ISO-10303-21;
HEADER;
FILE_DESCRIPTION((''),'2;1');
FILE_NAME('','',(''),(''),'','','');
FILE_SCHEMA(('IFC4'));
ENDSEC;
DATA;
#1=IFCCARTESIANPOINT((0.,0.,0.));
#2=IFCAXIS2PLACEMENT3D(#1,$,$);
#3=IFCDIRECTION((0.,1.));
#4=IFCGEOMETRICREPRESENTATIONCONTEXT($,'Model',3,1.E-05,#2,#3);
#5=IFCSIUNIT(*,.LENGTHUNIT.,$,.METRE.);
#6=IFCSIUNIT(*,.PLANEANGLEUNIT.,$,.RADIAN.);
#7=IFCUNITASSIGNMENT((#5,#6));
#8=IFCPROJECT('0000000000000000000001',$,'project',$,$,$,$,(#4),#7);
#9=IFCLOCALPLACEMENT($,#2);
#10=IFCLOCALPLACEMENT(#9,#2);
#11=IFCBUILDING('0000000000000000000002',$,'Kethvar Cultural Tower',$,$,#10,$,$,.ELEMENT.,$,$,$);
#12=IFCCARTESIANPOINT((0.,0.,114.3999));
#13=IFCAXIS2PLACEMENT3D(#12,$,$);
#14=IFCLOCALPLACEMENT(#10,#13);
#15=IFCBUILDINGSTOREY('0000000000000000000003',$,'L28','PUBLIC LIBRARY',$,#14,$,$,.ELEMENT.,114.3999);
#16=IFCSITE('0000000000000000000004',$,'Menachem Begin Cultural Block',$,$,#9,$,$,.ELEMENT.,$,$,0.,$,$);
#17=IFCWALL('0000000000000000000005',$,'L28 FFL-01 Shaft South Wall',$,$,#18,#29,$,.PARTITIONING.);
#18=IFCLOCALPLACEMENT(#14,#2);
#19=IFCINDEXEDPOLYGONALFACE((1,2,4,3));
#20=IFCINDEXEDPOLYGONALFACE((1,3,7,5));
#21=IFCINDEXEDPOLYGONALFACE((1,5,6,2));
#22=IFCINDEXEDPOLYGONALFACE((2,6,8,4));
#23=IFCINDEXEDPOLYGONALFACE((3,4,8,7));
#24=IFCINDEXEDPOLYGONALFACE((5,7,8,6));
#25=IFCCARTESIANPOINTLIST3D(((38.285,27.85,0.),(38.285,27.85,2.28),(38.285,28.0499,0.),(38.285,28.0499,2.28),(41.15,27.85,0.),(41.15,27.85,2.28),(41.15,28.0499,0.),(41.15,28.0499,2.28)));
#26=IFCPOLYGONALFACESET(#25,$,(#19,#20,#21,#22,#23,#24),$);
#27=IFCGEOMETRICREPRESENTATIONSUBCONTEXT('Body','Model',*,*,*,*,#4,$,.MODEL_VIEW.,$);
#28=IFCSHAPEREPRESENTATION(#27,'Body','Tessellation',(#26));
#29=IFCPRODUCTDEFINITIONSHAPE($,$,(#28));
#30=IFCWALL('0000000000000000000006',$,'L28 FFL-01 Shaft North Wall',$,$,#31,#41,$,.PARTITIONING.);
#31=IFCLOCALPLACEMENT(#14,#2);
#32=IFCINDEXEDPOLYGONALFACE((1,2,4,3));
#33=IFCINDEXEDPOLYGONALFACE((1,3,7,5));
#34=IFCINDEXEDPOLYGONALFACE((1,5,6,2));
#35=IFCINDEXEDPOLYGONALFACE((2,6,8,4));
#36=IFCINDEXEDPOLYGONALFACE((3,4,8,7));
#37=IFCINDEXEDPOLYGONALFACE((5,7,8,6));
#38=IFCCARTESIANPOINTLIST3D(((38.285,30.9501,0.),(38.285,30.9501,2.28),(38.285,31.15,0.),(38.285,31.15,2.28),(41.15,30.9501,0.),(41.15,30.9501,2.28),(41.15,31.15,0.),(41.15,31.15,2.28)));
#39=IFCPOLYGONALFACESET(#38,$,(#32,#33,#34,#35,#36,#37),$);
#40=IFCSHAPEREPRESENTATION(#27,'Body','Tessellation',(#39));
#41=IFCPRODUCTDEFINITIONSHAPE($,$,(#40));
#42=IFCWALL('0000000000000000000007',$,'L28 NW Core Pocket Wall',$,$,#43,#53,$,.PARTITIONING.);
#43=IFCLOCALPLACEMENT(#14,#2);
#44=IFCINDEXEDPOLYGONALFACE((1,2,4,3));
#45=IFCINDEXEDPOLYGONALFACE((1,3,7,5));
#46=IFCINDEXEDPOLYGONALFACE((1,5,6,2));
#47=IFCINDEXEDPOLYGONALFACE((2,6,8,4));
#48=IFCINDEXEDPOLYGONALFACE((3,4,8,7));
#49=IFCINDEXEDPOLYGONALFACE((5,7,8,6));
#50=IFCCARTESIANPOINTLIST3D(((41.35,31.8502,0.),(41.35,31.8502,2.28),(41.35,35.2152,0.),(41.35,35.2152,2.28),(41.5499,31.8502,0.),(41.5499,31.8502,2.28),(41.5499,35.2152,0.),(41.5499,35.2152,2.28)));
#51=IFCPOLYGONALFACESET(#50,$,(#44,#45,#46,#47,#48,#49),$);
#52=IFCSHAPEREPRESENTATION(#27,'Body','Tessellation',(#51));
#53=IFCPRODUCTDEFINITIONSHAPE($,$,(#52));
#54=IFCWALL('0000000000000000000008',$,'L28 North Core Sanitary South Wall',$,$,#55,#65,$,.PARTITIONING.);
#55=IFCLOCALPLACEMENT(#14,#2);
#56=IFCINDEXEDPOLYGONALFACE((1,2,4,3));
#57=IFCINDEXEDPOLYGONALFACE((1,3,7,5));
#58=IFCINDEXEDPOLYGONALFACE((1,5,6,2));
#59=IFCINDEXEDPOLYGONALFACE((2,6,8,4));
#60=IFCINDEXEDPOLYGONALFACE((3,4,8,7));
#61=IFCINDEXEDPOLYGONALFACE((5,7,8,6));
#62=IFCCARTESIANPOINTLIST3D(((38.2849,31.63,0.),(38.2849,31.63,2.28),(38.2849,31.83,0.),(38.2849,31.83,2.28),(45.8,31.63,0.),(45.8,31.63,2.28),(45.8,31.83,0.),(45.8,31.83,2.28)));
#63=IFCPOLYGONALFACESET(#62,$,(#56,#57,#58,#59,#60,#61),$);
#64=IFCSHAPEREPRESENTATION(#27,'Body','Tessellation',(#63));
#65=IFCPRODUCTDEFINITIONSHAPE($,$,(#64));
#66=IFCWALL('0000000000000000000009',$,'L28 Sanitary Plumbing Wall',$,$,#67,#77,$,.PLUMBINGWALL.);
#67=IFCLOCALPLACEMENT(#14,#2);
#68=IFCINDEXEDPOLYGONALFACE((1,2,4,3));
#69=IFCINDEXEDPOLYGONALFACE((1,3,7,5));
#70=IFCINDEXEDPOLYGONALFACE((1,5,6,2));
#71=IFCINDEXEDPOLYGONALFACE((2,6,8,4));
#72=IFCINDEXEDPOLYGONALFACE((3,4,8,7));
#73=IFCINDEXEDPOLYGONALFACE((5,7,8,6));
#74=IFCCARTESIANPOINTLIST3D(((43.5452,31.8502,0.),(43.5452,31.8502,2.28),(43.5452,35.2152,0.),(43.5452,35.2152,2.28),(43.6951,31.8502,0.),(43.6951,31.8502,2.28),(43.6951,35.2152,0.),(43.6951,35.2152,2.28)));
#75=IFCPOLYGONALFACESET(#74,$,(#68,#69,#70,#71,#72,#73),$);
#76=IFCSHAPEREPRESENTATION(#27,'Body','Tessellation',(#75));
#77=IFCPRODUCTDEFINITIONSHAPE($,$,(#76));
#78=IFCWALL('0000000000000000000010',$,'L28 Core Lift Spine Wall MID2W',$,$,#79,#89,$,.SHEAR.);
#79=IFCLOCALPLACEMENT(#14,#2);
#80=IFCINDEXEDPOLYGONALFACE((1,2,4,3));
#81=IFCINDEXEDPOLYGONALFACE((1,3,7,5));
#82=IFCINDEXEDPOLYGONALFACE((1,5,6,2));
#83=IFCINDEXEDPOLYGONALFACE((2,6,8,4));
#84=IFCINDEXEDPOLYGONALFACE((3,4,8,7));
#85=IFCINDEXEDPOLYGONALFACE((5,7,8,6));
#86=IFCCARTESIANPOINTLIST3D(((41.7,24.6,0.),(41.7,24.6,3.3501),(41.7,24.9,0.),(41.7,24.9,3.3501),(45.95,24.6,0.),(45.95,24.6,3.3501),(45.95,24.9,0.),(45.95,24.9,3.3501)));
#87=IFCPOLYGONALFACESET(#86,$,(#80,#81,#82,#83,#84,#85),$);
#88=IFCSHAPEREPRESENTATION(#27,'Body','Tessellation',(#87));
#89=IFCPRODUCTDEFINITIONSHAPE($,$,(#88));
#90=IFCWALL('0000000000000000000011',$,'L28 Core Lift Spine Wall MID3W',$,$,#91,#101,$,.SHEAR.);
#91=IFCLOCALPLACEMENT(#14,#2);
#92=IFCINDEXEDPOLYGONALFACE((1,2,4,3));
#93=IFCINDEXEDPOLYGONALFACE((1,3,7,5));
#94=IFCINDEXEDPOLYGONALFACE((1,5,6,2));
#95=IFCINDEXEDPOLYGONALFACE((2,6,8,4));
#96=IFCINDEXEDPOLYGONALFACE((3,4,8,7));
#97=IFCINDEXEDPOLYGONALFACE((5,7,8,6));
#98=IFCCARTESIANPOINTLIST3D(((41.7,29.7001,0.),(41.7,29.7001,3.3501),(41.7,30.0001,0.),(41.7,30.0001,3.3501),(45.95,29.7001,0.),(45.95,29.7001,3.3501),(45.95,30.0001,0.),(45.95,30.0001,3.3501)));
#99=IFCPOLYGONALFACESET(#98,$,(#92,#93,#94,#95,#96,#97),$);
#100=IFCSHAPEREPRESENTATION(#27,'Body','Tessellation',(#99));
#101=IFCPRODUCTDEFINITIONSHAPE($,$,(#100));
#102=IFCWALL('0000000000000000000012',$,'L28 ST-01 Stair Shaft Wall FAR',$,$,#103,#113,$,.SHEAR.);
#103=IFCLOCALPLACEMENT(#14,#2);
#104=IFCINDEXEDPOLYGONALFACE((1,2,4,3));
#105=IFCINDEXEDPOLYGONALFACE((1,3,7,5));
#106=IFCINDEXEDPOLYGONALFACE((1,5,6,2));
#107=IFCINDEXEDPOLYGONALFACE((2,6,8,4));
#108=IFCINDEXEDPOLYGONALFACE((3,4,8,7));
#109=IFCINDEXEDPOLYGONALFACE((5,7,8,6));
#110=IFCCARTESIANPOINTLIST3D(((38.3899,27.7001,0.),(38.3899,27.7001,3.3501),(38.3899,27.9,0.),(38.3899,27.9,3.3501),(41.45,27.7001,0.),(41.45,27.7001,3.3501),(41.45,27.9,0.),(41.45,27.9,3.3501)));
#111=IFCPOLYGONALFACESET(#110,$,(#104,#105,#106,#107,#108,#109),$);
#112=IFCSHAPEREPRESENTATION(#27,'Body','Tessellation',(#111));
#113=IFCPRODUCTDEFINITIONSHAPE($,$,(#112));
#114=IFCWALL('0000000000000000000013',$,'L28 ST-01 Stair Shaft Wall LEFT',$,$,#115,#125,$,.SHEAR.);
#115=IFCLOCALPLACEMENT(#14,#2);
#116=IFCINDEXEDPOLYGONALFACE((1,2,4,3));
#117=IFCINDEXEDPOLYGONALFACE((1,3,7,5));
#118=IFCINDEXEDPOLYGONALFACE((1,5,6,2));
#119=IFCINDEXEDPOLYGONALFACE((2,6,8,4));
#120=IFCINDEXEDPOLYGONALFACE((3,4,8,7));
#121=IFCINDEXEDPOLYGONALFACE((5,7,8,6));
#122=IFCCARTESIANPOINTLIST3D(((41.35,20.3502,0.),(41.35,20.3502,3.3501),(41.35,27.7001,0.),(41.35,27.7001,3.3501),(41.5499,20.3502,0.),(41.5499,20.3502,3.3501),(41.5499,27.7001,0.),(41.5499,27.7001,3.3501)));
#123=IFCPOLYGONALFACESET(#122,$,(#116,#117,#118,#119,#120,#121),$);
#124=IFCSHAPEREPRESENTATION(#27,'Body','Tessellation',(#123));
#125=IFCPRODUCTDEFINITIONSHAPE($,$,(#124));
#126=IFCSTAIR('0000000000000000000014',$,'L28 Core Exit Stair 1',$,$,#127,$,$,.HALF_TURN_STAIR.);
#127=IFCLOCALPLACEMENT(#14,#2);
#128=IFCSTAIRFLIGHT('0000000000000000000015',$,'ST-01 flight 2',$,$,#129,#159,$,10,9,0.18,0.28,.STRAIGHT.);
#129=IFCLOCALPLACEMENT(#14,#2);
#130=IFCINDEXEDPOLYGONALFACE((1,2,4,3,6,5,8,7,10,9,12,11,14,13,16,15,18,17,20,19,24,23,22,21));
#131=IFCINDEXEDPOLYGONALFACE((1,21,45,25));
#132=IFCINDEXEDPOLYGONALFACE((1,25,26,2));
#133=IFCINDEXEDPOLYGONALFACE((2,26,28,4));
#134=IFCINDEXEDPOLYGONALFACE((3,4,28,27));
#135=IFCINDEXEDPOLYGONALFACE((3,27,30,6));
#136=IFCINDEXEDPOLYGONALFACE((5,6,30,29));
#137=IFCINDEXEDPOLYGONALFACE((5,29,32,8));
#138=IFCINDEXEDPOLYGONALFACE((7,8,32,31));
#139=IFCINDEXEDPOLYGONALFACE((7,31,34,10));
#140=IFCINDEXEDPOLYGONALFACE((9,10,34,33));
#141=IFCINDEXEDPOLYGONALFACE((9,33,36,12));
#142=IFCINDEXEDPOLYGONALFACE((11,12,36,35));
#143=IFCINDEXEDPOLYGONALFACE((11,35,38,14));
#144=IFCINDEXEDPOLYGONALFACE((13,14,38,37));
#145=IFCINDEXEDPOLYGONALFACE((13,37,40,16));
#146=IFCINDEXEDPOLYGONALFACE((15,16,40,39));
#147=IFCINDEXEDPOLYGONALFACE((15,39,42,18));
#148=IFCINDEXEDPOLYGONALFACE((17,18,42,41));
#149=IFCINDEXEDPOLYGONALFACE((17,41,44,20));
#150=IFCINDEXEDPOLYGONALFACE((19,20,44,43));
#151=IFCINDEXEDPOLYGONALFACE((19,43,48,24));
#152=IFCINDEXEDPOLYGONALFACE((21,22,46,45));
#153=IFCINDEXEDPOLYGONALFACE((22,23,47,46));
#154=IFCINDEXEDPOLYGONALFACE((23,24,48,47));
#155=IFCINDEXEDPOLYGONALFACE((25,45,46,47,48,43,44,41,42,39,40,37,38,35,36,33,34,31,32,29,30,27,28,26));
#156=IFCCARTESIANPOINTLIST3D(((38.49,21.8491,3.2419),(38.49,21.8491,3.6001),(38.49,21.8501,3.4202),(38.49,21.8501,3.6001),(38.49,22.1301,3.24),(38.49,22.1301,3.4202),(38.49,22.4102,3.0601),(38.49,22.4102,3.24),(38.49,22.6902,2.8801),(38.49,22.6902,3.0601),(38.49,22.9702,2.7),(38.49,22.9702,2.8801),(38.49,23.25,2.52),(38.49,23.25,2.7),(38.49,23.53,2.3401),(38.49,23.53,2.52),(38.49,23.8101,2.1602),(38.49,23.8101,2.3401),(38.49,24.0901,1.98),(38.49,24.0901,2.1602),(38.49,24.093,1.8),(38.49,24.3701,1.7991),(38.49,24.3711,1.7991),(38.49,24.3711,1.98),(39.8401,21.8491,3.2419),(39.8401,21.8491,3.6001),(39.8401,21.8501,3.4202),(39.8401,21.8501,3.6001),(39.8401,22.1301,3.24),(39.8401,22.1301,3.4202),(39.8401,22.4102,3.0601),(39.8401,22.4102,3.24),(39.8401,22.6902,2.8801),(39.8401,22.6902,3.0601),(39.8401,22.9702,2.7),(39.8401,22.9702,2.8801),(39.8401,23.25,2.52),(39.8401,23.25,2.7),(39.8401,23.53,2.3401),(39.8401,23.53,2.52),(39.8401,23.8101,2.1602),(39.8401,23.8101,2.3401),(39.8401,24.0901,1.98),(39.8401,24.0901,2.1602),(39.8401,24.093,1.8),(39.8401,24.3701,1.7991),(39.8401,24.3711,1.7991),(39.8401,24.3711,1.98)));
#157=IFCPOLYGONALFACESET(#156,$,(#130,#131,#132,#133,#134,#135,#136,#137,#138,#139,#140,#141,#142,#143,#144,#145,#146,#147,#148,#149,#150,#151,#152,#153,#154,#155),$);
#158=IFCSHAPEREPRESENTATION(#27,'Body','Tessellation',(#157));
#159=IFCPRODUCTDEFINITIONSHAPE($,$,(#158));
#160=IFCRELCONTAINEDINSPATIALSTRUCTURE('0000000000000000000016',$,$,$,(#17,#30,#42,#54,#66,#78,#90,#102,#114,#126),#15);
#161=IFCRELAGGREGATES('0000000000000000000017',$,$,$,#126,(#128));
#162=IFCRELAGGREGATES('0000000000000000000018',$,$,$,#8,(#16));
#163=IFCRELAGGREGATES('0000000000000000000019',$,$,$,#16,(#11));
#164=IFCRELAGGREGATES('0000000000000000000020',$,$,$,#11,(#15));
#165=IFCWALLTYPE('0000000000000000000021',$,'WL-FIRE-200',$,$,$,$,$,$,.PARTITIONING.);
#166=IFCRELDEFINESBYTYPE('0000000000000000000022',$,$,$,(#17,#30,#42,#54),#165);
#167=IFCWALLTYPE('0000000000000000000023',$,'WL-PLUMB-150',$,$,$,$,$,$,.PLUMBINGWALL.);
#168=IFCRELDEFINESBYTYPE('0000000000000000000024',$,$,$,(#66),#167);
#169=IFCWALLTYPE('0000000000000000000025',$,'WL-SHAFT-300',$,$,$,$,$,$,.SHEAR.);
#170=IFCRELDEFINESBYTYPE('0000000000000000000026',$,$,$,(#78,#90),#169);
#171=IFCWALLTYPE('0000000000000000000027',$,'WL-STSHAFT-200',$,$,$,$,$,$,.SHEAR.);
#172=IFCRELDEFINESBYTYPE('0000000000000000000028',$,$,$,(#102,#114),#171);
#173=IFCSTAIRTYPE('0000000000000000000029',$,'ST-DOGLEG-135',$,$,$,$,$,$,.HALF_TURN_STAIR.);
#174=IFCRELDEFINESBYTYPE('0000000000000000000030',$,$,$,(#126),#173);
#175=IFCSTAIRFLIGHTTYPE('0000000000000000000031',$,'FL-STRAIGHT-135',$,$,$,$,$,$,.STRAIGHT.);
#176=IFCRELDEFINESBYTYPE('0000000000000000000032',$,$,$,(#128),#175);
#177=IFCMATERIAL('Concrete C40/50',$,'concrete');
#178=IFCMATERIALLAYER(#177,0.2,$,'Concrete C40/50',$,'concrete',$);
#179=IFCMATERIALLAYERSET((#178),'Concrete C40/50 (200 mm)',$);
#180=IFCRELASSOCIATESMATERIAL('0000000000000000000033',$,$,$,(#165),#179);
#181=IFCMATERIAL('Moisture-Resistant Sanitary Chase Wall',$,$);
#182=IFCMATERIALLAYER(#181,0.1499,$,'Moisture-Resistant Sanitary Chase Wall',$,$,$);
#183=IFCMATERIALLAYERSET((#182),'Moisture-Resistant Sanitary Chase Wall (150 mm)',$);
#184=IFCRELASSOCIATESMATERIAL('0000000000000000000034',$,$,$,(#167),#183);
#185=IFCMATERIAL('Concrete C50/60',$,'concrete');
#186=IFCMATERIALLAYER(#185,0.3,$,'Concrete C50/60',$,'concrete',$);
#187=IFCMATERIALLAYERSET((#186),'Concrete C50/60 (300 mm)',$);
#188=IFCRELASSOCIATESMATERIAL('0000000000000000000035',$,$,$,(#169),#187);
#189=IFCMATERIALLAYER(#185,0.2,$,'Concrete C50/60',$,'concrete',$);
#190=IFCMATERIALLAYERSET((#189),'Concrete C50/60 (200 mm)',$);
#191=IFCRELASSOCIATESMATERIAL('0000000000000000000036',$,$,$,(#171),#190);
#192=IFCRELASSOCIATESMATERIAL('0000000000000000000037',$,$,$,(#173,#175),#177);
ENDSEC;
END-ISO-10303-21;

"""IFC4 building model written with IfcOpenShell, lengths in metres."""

from ifc_helpers import new_model, si_unit, direction, frame, frame_2d, origin, place, context, subcontext, project, spatial, polyline, rectangle, outline, extrude, material, layer, layer_set, type_object, element, aggregate, save


model = new_model("IFC4")

# Units and contexts
model_context = context("Model", 3, precision=1e-05, world=origin(), true_north=direction((0.0, 1.0)))
body_context = subcontext(model_context, "Body", "Model", "MODEL_VIEW")
ifc_project = project(units=[si_unit("LENGTHUNIT", "METRE"), si_unit("PLANEANGLEUNIT", "RADIAN")], contexts=[model_context])

# Site, building, storey
site_placement = place(None, origin())
site = spatial("IfcSite", under=ifc_project, at=site_placement, Name="Menachem Begin Cultural Block", CompositionType="ELEMENT", RefElevation=0.0)
building_placement = place(site_placement, origin())
building = spatial("IfcBuilding", under=site, at=building_placement, Name="Kethvar Cultural Tower", CompositionType="ELEMENT")
storey_placement = place(building_placement, frame((0.0, 0.0, 114.3999)))
storey = spatial("IfcBuildingStorey", under=building, at=storey_placement, Name="L28", Description="PUBLIC LIBRARY", CompositionType="ELEMENT", Elevation=114.3999)

# Walls
ifc_material_1 = material(Name="Concrete C40/50", Category="concrete")
ifc_layer_1 = layer(ifc_material_1, 0.2, Name="Concrete C40/50", Category="concrete")
ifc_layer_set_1 = layer_set([ifc_layer_1], Name="Concrete C40/50 (200 mm)")
wall_type_1 = type_object("IfcWallType", Name="WL-FIRE-200", PredefinedType="PARTITIONING", material=ifc_layer_set_1)
for number, where, z_axis, x_axis, name in (
    (1, (38.2849, 27.95, 0.0), (0.0, 0.0, 1.0), (1.0, 0.0, 0.0), "L28 FFL-01 Shaft South Wall"),
    (2, (38.2849, 31.05, 0.0), (0.0, 0.0, 1.0), (1.0, 0.0, 0.0), "L28 FFL-01 Shaft North Wall"),
):
    element("IfcWall", number, at=place(storey_placement, frame(where, z_axis=z_axis, x_axis=x_axis)), inside=storey, type_object=wall_type_1, Name=name, PredefinedType="PARTITIONING", context=body_context, shape_type="SweptSolid", body=[
        extrude(rectangle(XDim=2.865, YDim=0.2, at=frame_2d((1.4326, 0.0))), origin(), (0.0, 0.0, 1.0), 2.28),
    ])
wall_1_placement = place(storey_placement, frame((41.45, 31.8501, 0.0), z_axis=(0.0, 0.0, 1.0), x_axis=(0.0, 1.0, 0.0)))
element("IfcWall", 3, at=wall_1_placement, inside=storey, type_object=wall_type_1, Name="L28 NW Core Pocket Wall", PredefinedType="PARTITIONING", context=body_context, shape_type="SweptSolid", body=[
    extrude(rectangle(XDim=3.365, YDim=0.2, at=frame_2d((1.6826, 0.0))), origin(), (0.0, 0.0, 1.0), 2.28),
])
wall_2_placement = place(storey_placement, frame((38.2849, 31.73, 0.0), z_axis=(0.0, 0.0, 1.0), x_axis=(1.0, 0.0, 0.0)))
element("IfcWall", 4, at=wall_2_placement, inside=storey, type_object=wall_type_1, Name="L28 North Core Sanitary South Wall", PredefinedType="PARTITIONING", context=body_context, shape_type="SweptSolid", body=[
    extrude(rectangle(XDim=7.5151, YDim=0.2, at=frame_2d((3.7576, 0.0))), origin(), (0.0, 0.0, 1.0), 2.28),
])
ifc_material_2 = material(Name="Moisture-Resistant Sanitary Chase Wall")
ifc_layer_2 = layer(ifc_material_2, 0.1499, Name="Moisture-Resistant Sanitary Chase Wall")
ifc_layer_set_2 = layer_set([ifc_layer_2], Name="Moisture-Resistant Sanitary Chase Wall (150 mm)")
wall_type_2 = type_object("IfcWallType", Name="WL-PLUMB-150", PredefinedType="PLUMBINGWALL", material=ifc_layer_set_2)
wall_3_placement = place(storey_placement, frame((43.6201, 31.8501, 0.0), z_axis=(0.0, 0.0, 1.0), x_axis=(0.0, 1.0, 0.0)))
element("IfcWall", 5, at=wall_3_placement, inside=storey, type_object=wall_type_2, Name="L28 Sanitary Plumbing Wall", PredefinedType="PLUMBINGWALL", context=body_context, shape_type="SweptSolid", body=[
    extrude(rectangle(XDim=3.365, YDim=0.1499, at=frame_2d((1.6826, 0.0))), origin(), (0.0, 0.0, 1.0), 2.28),
])
ifc_material_3 = material(Name="Concrete C50/60", Category="concrete")
ifc_layer_3 = layer(ifc_material_3, 0.3, Name="Concrete C50/60", Category="concrete")
ifc_layer_set_3 = layer_set([ifc_layer_3], Name="Concrete C50/60 (300 mm)")
wall_type_3 = type_object("IfcWallType", Name="WL-SHAFT-300", PredefinedType="SHEAR", material=ifc_layer_set_3)
for number, where, z_axis, x_axis, name in (
    (6, (41.7, 24.75, 0.0), (0.0, 0.0, 1.0), (1.0, 0.0, 0.0), "L28 Core Lift Spine Wall MID2W"),
    (7, (41.7, 29.8501, 0.0), (0.0, 0.0, 1.0), (1.0, 0.0, 0.0), "L28 Core Lift Spine Wall MID3W"),
):
    element("IfcWall", number, at=place(storey_placement, frame(where, z_axis=z_axis, x_axis=x_axis)), inside=storey, type_object=wall_type_3, Name=name, PredefinedType="SHEAR", context=body_context, shape_type="SweptSolid", body=[
        extrude(rectangle(XDim=4.25, YDim=0.3, at=frame_2d((2.125, 0.0))), origin(), (0.0, 0.0, 1.0), 3.3501),
    ])
ifc_layer_4 = layer(ifc_material_3, 0.2, Name="Concrete C50/60", Category="concrete")
ifc_layer_set_4 = layer_set([ifc_layer_4], Name="Concrete C50/60 (200 mm)")
wall_type_4 = type_object("IfcWallType", Name="WL-STSHAFT-200", PredefinedType="SHEAR", material=ifc_layer_set_4)
wall_4_placement = place(storey_placement, frame((38.3899, 27.8, 0.0), z_axis=(0.0, 0.0, 1.0), x_axis=(1.0, 0.0, 0.0)))
element("IfcWall", 8, at=wall_4_placement, inside=storey, type_object=wall_type_4, Name="L28 ST-01 Stair Shaft Wall FAR", PredefinedType="SHEAR", context=body_context, shape_type="SweptSolid", body=[
    extrude(rectangle(XDim=3.0601, YDim=0.2, at=frame_2d((1.53, 0.0))), origin(), (0.0, 0.0, 1.0), 3.3501),
])
wall_5_placement = place(storey_placement, frame((41.45, 27.7, 0.0), z_axis=(0.0, 0.0, 1.0), x_axis=(0.0, -1.0, 0.0)))
element("IfcWall", 9, at=wall_5_placement, inside=storey, type_object=wall_type_4, Name="L28 ST-01 Stair Shaft Wall LEFT", PredefinedType="SHEAR", context=body_context, shape_type="SweptSolid", body=[
    extrude(rectangle(XDim=7.3499, YDim=0.2, at=frame_2d((3.6748, 0.0))), origin(), (0.0, 0.0, 1.0), 3.3501),
])

# Stair, stair flight
stair_type = type_object("IfcStairType", Name="ST-DOGLEG-135", PredefinedType="HALF_TURN_STAIR", material=ifc_material_1)
stair_placement = place(storey_placement, origin())
stair = element("IfcStair", 10, at=stair_placement, inside=storey, type_object=stair_type, Name="L28 Core Exit Stair 1", PredefinedType="HALF_TURN_STAIR")
stair_flight_type = type_object("IfcStairFlightType", Name="FL-STRAIGHT-135", PredefinedType="STRAIGHT", material=ifc_material_1)
stair_flight_placement = place(storey_placement, frame((39.165, 24.3701, 1.8), z_axis=(0.0, 0.0, 1.0), x_axis=(0.0, -1.0, 0.0)))
stair_flight = element("IfcStairFlight", 11, at=stair_flight_placement, type_object=stair_flight_type, Name="ST-01 flight 2", NumberOfRisers=10, NumberOfTreads=9, PredefinedType="STRAIGHT", RiserHeight=0.18, TreadLength=0.28, context=body_context, shape_type="SweptSolid", body=[
    extrude(outline(polyline([(-0.001, -0.001), (-0.001, 0.1799), (0.28, 0.1799), (0.28, 0.3601), (0.5601, 0.3601), (0.5601, 0.54), (0.8401, 0.54), (0.8401, 0.72), (1.1201, 0.72), (1.1201, 0.8999), (1.3999, 0.8999), (1.3999, 1.0801), (1.6799, 1.0801), (1.6799, 1.26), (1.96, 1.26), (1.96, 1.4399), (2.24, 1.4399), (2.24, 1.6201), (2.52, 1.6201), (2.52, 1.8), (2.521, 1.8), (2.521, 1.4419), (0.2771, 0.0), (0.0, -0.001), (-0.001, -0.001)])), frame((0.0, 0.675, 0.0), z_axis=(0.0, -1.0, 0.0), x_axis=(1.0, 0.0, 0.0)), (0.0, 0.0, 1.0), 1.3501),
])
aggregate(stair, [stair_flight])

save(model, "model.ifc")
